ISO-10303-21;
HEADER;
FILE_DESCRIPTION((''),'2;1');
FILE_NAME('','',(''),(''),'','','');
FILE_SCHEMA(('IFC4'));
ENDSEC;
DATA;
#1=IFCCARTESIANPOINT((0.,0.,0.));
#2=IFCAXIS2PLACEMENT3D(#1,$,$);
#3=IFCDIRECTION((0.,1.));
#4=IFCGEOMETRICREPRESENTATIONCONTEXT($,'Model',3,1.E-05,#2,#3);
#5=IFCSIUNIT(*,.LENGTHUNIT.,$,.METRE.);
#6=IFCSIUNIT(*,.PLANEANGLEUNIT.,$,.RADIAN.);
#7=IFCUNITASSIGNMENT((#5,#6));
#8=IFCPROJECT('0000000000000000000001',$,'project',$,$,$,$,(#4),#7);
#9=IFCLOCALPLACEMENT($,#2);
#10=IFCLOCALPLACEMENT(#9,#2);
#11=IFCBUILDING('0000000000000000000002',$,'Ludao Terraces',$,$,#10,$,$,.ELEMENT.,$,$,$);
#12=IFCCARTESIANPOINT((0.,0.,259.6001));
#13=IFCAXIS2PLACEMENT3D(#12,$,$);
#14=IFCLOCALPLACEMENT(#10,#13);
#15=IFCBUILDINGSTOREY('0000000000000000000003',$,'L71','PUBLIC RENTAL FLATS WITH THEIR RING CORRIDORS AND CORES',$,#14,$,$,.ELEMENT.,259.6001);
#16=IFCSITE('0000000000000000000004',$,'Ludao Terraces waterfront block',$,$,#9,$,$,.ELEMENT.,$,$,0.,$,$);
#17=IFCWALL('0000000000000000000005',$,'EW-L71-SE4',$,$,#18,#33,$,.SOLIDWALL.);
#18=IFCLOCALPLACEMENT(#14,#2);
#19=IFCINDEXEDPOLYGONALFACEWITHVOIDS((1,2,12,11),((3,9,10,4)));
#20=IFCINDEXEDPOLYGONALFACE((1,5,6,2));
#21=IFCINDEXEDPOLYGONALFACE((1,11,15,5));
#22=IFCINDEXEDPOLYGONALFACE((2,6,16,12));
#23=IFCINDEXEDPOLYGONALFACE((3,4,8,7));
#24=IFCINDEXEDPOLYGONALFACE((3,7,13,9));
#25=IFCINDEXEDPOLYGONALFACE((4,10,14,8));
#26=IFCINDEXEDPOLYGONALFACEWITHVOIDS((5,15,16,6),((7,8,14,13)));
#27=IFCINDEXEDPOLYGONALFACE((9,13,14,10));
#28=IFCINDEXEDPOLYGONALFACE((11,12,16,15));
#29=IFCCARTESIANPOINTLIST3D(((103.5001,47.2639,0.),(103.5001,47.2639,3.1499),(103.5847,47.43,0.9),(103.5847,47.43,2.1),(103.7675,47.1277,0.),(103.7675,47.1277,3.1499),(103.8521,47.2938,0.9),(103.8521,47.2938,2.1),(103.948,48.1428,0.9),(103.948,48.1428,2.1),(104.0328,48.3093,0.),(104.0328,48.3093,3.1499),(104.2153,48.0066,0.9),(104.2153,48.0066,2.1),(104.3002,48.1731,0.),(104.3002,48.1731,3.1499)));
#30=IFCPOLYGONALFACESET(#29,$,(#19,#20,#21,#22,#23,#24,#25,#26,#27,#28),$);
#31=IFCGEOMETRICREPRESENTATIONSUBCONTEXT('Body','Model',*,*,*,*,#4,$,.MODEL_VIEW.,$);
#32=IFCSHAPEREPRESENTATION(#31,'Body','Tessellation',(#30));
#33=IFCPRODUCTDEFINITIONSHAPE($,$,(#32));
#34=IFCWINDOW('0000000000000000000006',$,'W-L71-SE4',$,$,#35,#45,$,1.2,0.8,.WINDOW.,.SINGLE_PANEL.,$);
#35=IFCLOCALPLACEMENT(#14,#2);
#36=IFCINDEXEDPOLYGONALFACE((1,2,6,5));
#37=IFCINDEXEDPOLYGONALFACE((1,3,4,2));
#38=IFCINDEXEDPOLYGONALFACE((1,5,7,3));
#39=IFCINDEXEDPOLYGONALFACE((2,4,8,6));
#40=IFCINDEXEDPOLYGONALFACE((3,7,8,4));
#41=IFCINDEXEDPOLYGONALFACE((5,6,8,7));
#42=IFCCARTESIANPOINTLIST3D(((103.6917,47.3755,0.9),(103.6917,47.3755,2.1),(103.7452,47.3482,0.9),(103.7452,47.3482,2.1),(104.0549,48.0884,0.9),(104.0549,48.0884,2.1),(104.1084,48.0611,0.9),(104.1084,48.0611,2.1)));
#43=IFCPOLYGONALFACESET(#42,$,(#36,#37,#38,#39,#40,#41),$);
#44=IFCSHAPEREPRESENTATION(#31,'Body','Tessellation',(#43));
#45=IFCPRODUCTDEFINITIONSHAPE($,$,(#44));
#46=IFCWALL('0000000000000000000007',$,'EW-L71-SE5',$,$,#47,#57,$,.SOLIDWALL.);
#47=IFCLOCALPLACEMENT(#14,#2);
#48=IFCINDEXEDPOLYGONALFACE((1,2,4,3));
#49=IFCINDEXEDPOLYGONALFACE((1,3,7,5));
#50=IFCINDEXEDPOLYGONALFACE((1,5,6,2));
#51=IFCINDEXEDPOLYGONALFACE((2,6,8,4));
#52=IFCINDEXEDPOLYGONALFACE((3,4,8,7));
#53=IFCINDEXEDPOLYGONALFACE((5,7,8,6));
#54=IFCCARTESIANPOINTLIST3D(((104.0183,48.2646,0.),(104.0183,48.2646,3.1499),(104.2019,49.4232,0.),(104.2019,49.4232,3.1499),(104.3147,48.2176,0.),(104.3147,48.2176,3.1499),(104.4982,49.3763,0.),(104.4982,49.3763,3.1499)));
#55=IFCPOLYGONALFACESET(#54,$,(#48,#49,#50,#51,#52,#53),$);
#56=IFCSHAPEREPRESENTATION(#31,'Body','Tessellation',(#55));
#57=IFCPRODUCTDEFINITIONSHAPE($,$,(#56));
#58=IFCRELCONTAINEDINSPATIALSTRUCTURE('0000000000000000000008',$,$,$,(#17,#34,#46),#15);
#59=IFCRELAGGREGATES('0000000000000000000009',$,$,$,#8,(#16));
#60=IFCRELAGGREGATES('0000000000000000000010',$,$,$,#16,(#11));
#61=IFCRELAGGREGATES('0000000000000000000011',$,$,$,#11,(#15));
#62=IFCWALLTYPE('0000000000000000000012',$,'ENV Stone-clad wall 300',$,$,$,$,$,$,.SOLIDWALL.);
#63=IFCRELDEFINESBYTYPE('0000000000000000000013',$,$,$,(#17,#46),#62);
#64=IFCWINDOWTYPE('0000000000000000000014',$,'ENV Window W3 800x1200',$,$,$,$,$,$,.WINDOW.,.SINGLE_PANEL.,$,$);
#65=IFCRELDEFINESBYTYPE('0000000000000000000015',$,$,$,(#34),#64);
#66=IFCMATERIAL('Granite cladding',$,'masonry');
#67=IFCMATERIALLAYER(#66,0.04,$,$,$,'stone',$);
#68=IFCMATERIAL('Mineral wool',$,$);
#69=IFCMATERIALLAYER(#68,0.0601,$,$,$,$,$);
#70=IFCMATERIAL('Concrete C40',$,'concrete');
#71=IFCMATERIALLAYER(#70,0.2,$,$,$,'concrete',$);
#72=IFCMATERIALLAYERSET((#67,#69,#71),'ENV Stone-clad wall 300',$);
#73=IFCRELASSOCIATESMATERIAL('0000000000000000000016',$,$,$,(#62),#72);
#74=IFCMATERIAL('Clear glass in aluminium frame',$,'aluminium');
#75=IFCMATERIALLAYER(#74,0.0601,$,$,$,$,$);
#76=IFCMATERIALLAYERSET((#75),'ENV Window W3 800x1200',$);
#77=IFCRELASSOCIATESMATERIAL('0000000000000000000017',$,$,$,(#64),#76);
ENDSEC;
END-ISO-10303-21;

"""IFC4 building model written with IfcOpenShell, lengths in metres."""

from ifc_helpers import new_model, si_unit, direction, frame, frame_2d, origin, place, context, subcontext, project, spatial, rectangle, extrude, material, layer, layer_set, type_object, element, fill, save


model = new_model("IFC4")

# Units and contexts
model_context = context("Model", 3, precision=1e-05, world=origin(), true_north=direction((0.0, 1.0)))
body_context = subcontext(model_context, "Body", "Model", "MODEL_VIEW")
ifc_project = project(units=[si_unit("LENGTHUNIT", "METRE"), si_unit("PLANEANGLEUNIT", "RADIAN")], contexts=[model_context])

# Site, building, storey
site_placement = place(None, origin())
site = spatial("IfcSite", under=ifc_project, at=site_placement, Name="Ludao Terraces waterfront block", CompositionType="ELEMENT", RefElevation=0.0)
building_placement = place(site_placement, origin())
building = spatial("IfcBuilding", under=site, at=building_placement, Name="Ludao Terraces", CompositionType="ELEMENT")
storey_placement = place(building_placement, frame((0.0, 0.0, 259.6001)))
storey = spatial("IfcBuildingStorey", under=building, at=storey_placement, Name="L71", Description="PUBLIC RENTAL FLATS WITH THEIR RING CORRIDORS AND CORES", CompositionType="ELEMENT", Elevation=259.6001)

# Shared definitions
ifc_material_1 = material(Name="Concrete C40", Category="concrete")

# Wall, opening, window
ifc_material_2 = material(Name="Granite cladding", Category="masonry")
ifc_layer_1 = layer(ifc_material_2, 0.04, Category="stone")
ifc_material_3 = material(Name="Mineral wool")
ifc_layer_2 = layer(ifc_material_3, 0.0601)
ifc_layer_3 = layer(ifc_material_1, 0.2, Category="concrete")
ifc_layer_set_1 = layer_set([ifc_layer_1, ifc_layer_2, ifc_layer_3], Name="ENV Stone-clad wall 300")
wall_type_1 = type_object("IfcWallType", Name="ENV Stone-clad wall 300", PredefinedType="SOLIDWALL", material=ifc_layer_set_1)
ifc_material_4 = material(Name="Clear glass in aluminium frame", Category="aluminium")
ifc_layer_4 = layer(ifc_material_4, 0.0601)
ifc_layer_set_2 = layer_set([ifc_layer_4], Name="ENV Window W3 800x1200")
window_type_1 = type_object("IfcWindowType", Name="ENV Window W3 800x1200", PartitioningType="SINGLE_PANEL", PredefinedType="WINDOW", material=ifc_layer_set_2)
wall_1_placement = place(storey_placement, frame((103.6338, 47.1958, 0.0), z_axis=(0.0, 0.0, 1.0), x_axis=(0.454026, 0.890989, 0.0)))
wall_1 = element("IfcWall", 1, at=wall_1_placement, inside=storey, type_object=wall_type_1, Name="EW-L71-SE4", PredefinedType="SOLIDWALL", context=body_context, shape_type="SweptSolid", body=[
    extrude(rectangle(XDim=1.1733, YDim=0.3, at=frame_2d((0.5867, 0.0))), origin(), (0.0, 0.0, 1.0), 3.1499),
])
opening_1_placement = place(wall_1_placement, frame((0.1865, 0.0, 0.8999)))
opening_1 = element("IfcOpeningElement", 2, at=opening_1_placement, cuts=wall_1, PredefinedType="OPENING", context=body_context, shape_type="SweptSolid", body=[
    extrude(rectangle(XDim=0.8, YDim=1.2, at=frame_2d((0.3999, 0.6001))), frame((0.0, 0.1602, 0.0), z_axis=(0.0, -1.0, 0.0), x_axis=(1.0, 0.0, 0.0)), (0.0, 0.0, 1.0), 0.3201),
])
window_1_placement = place(opening_1_placement, origin())
window_1 = element("IfcWindow", 3, at=window_1_placement, inside=storey, type_object=window_type_1, Name="W-L71-SE4", OverallHeight=1.2, OverallWidth=0.8, PartitioningType="SINGLE_PANEL", PredefinedType="WINDOW", context=body_context, shape_type="SweptSolid", body=[
    extrude(rectangle(XDim=0.8, YDim=1.2, at=frame_2d((0.3999, 0.6001))), frame((0.0, 0.03, 0.0), z_axis=(0.0, -1.0, 0.0), x_axis=(1.0, 0.0, 0.0)), (0.0, 0.0, 1.0), 0.0601),
])
fill(opening_1, window_1)

# Wall
wall_2_placement = place(storey_placement, frame((104.1665, 48.2412, 0.0), z_axis=(0.0, 0.0, 1.0), x_axis=(0.156497, 0.987678, 0.0)))
element("IfcWall", 4, at=wall_2_placement, inside=storey, type_object=wall_type_1, Name="EW-L71-SE5", PredefinedType="SOLIDWALL", context=body_context, shape_type="SweptSolid", body=[
    extrude(rectangle(XDim=1.1731, YDim=0.3, at=frame_2d((0.5864, 0.0))), origin(), (0.0, 0.0, 1.0), 3.1499),
])

save(model, "model.ifc")
